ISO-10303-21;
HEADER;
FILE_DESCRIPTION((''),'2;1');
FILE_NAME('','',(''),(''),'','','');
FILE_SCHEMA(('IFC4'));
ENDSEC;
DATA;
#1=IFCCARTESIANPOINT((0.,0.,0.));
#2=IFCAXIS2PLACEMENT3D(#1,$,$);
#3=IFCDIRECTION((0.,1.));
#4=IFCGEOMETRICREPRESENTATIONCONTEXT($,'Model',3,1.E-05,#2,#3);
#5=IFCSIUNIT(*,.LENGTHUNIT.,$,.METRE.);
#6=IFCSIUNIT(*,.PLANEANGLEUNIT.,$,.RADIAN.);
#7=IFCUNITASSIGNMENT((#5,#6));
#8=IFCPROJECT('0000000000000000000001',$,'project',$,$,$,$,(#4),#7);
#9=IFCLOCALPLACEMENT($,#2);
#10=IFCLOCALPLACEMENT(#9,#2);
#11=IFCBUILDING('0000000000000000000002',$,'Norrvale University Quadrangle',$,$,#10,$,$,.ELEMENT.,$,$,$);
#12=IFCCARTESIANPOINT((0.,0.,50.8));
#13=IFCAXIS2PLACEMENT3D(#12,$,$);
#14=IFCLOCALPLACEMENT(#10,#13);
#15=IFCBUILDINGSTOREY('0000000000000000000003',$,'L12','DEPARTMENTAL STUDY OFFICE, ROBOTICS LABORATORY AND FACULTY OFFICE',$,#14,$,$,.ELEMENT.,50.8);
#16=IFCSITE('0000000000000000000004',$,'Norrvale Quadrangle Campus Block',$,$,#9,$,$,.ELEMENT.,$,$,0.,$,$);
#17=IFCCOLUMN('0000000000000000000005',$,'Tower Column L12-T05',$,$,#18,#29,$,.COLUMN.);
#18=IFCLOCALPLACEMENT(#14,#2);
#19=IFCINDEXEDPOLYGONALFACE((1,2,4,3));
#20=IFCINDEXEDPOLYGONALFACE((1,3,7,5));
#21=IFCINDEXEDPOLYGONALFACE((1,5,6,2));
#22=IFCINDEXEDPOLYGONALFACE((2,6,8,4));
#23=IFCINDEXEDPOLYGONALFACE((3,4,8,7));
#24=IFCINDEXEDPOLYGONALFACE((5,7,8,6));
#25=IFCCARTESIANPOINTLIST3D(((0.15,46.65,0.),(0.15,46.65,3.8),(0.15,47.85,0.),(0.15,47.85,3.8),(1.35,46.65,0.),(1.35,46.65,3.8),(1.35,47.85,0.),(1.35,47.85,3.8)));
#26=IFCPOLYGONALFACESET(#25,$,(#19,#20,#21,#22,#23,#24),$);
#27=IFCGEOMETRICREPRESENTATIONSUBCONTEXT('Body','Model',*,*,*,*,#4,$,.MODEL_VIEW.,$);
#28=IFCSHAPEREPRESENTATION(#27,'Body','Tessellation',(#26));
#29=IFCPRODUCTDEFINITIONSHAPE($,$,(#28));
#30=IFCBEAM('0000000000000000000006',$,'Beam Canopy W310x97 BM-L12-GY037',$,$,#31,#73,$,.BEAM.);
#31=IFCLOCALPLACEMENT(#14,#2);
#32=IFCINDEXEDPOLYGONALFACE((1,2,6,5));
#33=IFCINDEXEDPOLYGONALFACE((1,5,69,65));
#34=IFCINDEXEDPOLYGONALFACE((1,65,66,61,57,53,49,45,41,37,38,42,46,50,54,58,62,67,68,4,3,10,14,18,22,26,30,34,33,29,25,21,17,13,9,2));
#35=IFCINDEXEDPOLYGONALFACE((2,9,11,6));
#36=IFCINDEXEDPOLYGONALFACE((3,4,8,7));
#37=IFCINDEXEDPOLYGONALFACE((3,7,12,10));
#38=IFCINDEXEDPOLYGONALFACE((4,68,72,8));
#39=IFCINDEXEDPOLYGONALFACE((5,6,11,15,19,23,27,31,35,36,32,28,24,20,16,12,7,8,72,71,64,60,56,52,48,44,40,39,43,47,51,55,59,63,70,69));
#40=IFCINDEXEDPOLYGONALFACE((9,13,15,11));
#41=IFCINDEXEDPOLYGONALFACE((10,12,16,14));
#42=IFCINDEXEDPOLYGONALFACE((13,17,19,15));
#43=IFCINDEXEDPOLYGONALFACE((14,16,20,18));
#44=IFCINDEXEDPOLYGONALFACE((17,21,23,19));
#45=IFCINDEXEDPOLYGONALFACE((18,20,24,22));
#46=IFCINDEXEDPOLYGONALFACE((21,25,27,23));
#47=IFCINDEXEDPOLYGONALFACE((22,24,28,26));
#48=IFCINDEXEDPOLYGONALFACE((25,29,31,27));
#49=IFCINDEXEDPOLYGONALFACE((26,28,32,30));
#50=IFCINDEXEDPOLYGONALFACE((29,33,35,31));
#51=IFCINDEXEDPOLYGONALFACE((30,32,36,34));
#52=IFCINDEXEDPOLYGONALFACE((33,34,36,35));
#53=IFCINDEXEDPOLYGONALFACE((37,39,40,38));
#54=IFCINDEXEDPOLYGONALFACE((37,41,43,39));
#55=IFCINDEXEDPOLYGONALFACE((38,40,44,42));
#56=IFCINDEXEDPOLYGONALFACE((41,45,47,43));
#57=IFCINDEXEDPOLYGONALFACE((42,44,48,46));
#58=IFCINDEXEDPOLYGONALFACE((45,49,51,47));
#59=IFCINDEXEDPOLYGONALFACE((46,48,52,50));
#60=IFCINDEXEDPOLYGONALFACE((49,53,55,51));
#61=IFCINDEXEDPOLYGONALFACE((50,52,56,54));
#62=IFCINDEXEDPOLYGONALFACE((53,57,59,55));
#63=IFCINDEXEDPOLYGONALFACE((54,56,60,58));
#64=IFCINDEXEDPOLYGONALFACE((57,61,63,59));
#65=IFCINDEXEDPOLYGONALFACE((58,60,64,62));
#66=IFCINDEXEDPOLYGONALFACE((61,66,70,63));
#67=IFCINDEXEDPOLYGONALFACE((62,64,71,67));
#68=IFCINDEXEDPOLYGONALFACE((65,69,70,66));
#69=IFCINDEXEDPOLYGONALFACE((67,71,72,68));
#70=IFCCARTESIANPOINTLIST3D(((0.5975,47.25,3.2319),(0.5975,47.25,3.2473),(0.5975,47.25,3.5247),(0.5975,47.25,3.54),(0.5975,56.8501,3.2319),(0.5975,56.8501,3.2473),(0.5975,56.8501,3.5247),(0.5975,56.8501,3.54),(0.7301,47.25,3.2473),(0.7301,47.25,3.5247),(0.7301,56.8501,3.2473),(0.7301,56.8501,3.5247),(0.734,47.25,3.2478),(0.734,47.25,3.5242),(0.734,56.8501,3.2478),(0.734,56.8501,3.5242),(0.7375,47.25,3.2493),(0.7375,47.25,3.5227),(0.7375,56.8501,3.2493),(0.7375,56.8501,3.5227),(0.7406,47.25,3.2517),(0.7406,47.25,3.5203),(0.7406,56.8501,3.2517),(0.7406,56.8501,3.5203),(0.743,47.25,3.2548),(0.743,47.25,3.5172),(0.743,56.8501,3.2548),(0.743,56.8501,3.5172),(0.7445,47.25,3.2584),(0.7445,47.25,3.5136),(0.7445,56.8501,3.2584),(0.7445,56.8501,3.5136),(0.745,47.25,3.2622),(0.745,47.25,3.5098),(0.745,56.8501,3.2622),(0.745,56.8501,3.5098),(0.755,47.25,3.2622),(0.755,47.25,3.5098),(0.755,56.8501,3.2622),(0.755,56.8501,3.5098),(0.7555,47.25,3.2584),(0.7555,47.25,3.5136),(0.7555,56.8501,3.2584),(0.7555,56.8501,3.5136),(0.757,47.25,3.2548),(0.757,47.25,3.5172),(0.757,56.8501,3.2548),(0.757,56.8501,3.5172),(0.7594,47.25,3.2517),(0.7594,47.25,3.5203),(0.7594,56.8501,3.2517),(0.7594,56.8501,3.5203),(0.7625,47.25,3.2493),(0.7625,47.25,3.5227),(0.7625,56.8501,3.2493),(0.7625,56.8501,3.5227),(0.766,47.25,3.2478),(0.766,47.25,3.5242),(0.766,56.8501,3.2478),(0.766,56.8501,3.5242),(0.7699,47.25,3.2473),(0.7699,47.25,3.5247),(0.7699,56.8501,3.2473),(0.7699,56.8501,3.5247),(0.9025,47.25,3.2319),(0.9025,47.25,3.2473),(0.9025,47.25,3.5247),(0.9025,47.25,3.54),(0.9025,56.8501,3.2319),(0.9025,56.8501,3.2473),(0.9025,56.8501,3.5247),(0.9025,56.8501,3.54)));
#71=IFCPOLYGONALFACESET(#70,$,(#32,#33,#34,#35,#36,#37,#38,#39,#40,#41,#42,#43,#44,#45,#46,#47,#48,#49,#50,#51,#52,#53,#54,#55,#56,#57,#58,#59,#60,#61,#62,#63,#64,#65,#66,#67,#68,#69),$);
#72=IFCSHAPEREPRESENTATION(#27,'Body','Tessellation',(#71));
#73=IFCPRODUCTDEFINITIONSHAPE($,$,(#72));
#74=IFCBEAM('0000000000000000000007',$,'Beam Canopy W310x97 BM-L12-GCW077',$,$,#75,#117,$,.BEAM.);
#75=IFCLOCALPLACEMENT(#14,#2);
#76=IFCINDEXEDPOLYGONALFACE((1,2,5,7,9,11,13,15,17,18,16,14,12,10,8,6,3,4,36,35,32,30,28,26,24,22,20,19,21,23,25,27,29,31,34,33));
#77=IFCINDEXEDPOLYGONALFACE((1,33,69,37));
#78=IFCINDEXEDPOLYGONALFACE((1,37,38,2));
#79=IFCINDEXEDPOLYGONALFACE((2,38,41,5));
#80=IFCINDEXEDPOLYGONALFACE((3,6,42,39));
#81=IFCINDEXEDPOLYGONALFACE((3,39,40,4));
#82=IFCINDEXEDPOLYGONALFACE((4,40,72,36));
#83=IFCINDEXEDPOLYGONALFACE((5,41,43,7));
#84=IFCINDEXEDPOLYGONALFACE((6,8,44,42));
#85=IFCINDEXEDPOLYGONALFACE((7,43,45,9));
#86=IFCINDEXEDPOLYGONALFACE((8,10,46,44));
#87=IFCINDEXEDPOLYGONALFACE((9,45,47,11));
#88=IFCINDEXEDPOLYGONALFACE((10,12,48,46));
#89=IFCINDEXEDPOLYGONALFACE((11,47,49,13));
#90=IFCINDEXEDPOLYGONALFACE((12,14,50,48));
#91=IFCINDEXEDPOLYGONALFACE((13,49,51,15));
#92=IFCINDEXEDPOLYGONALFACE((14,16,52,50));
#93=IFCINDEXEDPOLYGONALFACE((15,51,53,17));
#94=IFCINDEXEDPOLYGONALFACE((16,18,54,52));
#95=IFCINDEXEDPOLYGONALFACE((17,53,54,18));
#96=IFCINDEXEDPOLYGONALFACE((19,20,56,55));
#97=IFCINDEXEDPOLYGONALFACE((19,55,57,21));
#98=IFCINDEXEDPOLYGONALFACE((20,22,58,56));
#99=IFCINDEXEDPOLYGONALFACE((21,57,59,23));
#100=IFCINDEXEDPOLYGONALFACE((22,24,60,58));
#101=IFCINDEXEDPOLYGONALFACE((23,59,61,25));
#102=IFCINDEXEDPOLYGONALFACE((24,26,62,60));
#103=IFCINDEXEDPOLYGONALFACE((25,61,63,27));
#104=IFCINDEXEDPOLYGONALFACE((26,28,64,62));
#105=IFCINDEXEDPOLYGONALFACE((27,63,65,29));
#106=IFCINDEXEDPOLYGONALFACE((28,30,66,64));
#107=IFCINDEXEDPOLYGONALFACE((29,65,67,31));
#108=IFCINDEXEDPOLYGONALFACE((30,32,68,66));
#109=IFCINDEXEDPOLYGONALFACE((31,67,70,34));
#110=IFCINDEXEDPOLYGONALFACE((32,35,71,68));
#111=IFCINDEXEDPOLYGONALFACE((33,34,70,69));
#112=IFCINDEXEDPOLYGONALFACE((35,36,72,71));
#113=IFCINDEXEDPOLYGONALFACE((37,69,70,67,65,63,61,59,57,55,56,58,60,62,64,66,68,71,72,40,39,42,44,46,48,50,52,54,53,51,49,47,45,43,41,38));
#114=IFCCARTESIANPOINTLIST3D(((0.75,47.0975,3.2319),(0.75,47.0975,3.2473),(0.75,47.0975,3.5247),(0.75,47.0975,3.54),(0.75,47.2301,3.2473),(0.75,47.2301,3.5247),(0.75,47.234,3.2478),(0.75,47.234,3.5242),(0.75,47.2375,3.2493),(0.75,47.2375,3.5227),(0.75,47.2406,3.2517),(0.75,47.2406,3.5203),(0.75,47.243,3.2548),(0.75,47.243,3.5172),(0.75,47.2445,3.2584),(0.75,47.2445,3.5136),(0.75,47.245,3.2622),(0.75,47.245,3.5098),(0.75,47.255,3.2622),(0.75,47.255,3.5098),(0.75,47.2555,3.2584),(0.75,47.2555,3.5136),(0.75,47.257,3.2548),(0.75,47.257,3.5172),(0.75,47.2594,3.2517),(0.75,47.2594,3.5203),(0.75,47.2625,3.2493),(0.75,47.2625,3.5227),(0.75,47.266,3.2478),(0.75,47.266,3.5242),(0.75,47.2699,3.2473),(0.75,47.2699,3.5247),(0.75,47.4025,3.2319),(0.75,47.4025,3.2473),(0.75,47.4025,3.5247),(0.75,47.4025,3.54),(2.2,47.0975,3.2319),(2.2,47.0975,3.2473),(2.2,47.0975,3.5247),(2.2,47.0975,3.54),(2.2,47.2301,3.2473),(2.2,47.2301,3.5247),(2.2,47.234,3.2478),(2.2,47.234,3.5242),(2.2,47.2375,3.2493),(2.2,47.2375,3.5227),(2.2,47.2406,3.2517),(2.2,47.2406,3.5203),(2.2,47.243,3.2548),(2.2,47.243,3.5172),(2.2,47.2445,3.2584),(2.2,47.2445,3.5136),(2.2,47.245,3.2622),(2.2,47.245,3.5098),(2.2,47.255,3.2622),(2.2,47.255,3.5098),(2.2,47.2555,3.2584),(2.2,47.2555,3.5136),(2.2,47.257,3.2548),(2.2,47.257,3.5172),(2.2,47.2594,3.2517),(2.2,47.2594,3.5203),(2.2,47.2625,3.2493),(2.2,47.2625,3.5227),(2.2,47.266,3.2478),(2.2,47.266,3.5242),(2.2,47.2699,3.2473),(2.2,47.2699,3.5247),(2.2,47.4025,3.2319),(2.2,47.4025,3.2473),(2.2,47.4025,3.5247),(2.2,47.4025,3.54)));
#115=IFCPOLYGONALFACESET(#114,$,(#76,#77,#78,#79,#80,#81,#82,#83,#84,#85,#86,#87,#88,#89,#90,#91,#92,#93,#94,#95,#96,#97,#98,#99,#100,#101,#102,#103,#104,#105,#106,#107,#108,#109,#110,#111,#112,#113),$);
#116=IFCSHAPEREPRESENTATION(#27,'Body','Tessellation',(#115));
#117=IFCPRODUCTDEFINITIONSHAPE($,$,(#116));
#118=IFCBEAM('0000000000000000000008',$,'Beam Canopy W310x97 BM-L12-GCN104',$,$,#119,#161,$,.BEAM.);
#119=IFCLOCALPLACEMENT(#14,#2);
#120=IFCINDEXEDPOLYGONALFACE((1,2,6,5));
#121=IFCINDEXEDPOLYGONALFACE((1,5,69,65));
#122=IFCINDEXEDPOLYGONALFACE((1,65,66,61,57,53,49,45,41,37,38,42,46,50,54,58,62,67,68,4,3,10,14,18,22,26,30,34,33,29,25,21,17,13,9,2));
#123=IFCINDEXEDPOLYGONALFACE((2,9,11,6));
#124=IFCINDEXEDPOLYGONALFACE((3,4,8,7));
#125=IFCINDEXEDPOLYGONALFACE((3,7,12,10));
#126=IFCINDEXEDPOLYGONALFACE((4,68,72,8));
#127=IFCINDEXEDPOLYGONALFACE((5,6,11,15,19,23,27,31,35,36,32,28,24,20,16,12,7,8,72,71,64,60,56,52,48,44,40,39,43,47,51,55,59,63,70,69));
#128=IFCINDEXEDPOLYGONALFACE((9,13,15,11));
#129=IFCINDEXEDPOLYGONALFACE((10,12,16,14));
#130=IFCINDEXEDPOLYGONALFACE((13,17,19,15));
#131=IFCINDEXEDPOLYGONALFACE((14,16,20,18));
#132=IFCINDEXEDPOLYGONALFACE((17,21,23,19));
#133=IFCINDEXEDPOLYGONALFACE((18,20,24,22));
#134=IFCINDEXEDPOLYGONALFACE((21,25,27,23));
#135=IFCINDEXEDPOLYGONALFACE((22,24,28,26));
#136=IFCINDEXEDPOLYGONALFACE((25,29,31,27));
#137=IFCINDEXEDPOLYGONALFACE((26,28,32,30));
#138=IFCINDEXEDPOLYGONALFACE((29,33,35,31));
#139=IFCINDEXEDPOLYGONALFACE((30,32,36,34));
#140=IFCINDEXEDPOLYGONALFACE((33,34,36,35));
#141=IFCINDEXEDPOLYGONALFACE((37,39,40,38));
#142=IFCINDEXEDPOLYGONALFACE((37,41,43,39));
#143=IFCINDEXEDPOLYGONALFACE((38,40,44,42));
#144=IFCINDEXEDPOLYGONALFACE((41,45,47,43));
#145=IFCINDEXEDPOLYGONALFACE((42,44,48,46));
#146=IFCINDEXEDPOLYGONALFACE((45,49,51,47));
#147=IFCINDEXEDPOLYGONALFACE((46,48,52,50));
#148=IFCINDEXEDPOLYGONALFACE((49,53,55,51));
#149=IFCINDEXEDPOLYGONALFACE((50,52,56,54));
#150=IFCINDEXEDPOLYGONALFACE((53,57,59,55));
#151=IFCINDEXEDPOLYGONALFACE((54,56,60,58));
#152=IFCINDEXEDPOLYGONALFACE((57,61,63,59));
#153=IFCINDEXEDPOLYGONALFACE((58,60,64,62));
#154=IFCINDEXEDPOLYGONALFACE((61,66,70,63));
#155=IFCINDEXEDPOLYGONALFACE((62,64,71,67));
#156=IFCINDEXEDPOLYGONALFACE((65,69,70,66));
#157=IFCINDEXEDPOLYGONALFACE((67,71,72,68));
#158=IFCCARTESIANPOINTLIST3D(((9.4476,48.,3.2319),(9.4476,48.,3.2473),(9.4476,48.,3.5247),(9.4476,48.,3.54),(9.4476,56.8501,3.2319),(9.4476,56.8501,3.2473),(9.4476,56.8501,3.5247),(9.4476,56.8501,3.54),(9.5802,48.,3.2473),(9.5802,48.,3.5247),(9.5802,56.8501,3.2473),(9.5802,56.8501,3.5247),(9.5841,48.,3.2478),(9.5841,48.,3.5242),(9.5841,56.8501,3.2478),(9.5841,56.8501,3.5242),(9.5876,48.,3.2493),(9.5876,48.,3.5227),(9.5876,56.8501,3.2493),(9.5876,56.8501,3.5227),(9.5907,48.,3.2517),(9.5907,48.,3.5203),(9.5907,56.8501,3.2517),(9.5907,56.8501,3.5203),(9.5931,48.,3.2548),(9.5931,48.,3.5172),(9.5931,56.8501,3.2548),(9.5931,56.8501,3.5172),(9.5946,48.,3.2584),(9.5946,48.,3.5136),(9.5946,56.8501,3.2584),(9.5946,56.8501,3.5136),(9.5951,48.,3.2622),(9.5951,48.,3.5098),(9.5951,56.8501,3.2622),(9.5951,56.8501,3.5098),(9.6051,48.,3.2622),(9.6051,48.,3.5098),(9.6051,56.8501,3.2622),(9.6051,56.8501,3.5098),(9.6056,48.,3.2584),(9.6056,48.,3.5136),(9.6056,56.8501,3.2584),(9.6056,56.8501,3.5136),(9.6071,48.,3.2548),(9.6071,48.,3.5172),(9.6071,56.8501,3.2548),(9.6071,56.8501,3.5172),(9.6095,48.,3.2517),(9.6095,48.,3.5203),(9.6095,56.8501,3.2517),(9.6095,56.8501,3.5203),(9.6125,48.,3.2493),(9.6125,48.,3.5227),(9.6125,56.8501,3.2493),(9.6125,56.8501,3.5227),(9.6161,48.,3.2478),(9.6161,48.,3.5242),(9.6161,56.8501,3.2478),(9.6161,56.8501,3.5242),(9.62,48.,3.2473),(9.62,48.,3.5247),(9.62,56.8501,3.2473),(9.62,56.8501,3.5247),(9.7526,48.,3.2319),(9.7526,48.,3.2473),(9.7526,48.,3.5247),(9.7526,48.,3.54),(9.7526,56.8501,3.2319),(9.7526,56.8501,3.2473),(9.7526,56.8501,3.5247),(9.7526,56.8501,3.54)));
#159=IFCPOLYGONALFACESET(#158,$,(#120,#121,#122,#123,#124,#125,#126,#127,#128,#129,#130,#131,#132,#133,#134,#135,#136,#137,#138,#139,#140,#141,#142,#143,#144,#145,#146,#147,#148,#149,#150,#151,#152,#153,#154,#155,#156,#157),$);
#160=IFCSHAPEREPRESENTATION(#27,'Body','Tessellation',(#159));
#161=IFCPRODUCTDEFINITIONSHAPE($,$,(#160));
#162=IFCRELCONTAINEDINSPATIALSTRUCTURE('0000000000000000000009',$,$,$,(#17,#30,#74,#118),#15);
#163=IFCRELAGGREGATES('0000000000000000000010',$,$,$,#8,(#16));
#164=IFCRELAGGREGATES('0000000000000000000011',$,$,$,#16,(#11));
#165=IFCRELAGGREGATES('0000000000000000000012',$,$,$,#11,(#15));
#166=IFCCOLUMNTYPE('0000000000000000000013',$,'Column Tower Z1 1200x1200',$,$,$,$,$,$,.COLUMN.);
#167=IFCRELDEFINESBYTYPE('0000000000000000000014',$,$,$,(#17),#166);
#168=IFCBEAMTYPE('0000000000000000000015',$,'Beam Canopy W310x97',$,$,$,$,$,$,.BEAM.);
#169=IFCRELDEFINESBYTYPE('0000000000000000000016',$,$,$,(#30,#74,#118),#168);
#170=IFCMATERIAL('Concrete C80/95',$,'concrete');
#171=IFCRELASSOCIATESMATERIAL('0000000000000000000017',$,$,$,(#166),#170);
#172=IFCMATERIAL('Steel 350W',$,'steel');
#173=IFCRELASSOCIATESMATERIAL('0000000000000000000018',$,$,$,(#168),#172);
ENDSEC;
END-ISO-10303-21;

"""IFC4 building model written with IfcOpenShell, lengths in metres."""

from ifc_helpers import new_model, si_unit, direction, frame, origin, origin_2d, place, context, subcontext, project, spatial, rectangle, i_section, extrude, material, material_profile, profile_set, type_object, element, save


model = new_model("IFC4")

# Units and contexts
model_context = context("Model", 3, precision=1e-05, world=origin(), true_north=direction((0.0, 1.0)))
body_context = subcontext(model_context, "Body", "Model", "MODEL_VIEW")
ifc_project = project(units=[si_unit("LENGTHUNIT", "METRE"), si_unit("PLANEANGLEUNIT", "RADIAN")], contexts=[model_context])

# Site, building, storey
site_placement = place(None, origin())
site = spatial("IfcSite", under=ifc_project, at=site_placement, Name="Norrvale Quadrangle Campus Block", CompositionType="ELEMENT", RefElevation=0.0)
building_placement = place(site_placement, origin())
building = spatial("IfcBuilding", under=site, at=building_placement, Name="Norrvale University Quadrangle", CompositionType="ELEMENT")
storey_placement = place(building_placement, frame((0.0, 0.0, 50.8)))
storey = spatial("IfcBuildingStorey", under=building, at=storey_placement, Name="L12", Description="DEPARTMENTAL STUDY OFFICE, ROBOTICS LABORATORY AND FACULTY OFFICE", CompositionType="ELEMENT", Elevation=50.8)

# Column
ifc_material_1 = material(Name="Concrete C80/95", Category="concrete")
ifc_material_profile_1 = material_profile(ifc_material_1, rectangle(XDim=1.2, YDim=1.2, at=origin_2d()), Name="Concrete C80/95")
ifc_profile_set_1 = profile_set([ifc_material_profile_1], Name="Concrete C80/95")
column_type = type_object("IfcColumnType", Name="Column Tower Z1 1200x1200", PredefinedType="COLUMN", material=ifc_profile_set_1)
column_placement = place(storey_placement, frame((0.75, 47.25, 0.0), z_axis=(0.0, 0.0, 1.0), x_axis=(1.0, 0.0, 0.0)))
element("IfcColumn", 1, at=column_placement, inside=storey, type_object=column_type, Name="Tower Column L12-T05", PredefinedType="COLUMN", context=body_context, shape_type="SweptSolid", body=[
    extrude(rectangle(XDim=1.2, YDim=1.2, at=origin_2d()), origin(), (0.0, 0.0, 1.0), 3.8),
])

# Beams
ifc_material_2 = material(Name="Steel 350W", Category="steel")
ifc_material_profile_2 = material_profile(ifc_material_2, i_section(OverallWidth=0.3049, OverallDepth=0.3081, WebThickness=0.01, FlangeThickness=0.0154, FilletRadius=0.0149, at=origin_2d()), Name="Steel 350W")
ifc_profile_set_2 = profile_set([ifc_material_profile_2], Name="Steel 350W")
beam_type_1 = type_object("IfcBeamType", Name="Beam Canopy W310x97", PredefinedType="BEAM", material=ifc_profile_set_2)
beam_1_placement = place(storey_placement, frame((0.75, 47.25, 3.386), z_axis=(0.0, 1.0, 0.0), x_axis=(-1.0, 0.0, 0.0)))
element("IfcBeam", 2, at=beam_1_placement, inside=storey, type_object=beam_type_1, Name="Beam Canopy W310x97 BM-L12-GY037", PredefinedType="BEAM", context=body_context, shape_type="SweptSolid", body=[
    extrude(i_section(OverallWidth=0.3049, OverallDepth=0.3081, WebThickness=0.01, FlangeThickness=0.0154, FilletRadius=0.0149, at=origin_2d()), origin(), (0.0, 0.0, 1.0), 9.6001),
])
beam_2_placement = place(storey_placement, frame((0.75, 47.25, 3.386), z_axis=(1.0, 0.0, 0.0), x_axis=(0.0, 1.0, 0.0)))
element("IfcBeam", 3, at=beam_2_placement, inside=storey, type_object=beam_type_1, Name="Beam Canopy W310x97 BM-L12-GCW077", PredefinedType="BEAM", context=body_context, shape_type="SweptSolid", body=[
    extrude(i_section(OverallWidth=0.3049, OverallDepth=0.3081, WebThickness=0.01, FlangeThickness=0.0154, FilletRadius=0.0149, at=origin_2d()), origin(), (0.0, 0.0, 1.0), 1.45),
])
beam_3_placement = place(storey_placement, frame((9.6001, 48.0, 3.386), z_axis=(0.0, 1.0, 0.0), x_axis=(-1.0, 0.0, 0.0)))
element("IfcBeam", 4, at=beam_3_placement, inside=storey, type_object=beam_type_1, Name="Beam Canopy W310x97 BM-L12-GCN104", PredefinedType="BEAM", context=body_context, shape_type="SweptSolid", body=[
    extrude(i_section(OverallWidth=0.3049, OverallDepth=0.3081, WebThickness=0.01, FlangeThickness=0.0154, FilletRadius=0.0149, at=origin_2d()), origin(), (0.0, 0.0, 1.0), 8.8501),
])

save(model, "model.ifc")
